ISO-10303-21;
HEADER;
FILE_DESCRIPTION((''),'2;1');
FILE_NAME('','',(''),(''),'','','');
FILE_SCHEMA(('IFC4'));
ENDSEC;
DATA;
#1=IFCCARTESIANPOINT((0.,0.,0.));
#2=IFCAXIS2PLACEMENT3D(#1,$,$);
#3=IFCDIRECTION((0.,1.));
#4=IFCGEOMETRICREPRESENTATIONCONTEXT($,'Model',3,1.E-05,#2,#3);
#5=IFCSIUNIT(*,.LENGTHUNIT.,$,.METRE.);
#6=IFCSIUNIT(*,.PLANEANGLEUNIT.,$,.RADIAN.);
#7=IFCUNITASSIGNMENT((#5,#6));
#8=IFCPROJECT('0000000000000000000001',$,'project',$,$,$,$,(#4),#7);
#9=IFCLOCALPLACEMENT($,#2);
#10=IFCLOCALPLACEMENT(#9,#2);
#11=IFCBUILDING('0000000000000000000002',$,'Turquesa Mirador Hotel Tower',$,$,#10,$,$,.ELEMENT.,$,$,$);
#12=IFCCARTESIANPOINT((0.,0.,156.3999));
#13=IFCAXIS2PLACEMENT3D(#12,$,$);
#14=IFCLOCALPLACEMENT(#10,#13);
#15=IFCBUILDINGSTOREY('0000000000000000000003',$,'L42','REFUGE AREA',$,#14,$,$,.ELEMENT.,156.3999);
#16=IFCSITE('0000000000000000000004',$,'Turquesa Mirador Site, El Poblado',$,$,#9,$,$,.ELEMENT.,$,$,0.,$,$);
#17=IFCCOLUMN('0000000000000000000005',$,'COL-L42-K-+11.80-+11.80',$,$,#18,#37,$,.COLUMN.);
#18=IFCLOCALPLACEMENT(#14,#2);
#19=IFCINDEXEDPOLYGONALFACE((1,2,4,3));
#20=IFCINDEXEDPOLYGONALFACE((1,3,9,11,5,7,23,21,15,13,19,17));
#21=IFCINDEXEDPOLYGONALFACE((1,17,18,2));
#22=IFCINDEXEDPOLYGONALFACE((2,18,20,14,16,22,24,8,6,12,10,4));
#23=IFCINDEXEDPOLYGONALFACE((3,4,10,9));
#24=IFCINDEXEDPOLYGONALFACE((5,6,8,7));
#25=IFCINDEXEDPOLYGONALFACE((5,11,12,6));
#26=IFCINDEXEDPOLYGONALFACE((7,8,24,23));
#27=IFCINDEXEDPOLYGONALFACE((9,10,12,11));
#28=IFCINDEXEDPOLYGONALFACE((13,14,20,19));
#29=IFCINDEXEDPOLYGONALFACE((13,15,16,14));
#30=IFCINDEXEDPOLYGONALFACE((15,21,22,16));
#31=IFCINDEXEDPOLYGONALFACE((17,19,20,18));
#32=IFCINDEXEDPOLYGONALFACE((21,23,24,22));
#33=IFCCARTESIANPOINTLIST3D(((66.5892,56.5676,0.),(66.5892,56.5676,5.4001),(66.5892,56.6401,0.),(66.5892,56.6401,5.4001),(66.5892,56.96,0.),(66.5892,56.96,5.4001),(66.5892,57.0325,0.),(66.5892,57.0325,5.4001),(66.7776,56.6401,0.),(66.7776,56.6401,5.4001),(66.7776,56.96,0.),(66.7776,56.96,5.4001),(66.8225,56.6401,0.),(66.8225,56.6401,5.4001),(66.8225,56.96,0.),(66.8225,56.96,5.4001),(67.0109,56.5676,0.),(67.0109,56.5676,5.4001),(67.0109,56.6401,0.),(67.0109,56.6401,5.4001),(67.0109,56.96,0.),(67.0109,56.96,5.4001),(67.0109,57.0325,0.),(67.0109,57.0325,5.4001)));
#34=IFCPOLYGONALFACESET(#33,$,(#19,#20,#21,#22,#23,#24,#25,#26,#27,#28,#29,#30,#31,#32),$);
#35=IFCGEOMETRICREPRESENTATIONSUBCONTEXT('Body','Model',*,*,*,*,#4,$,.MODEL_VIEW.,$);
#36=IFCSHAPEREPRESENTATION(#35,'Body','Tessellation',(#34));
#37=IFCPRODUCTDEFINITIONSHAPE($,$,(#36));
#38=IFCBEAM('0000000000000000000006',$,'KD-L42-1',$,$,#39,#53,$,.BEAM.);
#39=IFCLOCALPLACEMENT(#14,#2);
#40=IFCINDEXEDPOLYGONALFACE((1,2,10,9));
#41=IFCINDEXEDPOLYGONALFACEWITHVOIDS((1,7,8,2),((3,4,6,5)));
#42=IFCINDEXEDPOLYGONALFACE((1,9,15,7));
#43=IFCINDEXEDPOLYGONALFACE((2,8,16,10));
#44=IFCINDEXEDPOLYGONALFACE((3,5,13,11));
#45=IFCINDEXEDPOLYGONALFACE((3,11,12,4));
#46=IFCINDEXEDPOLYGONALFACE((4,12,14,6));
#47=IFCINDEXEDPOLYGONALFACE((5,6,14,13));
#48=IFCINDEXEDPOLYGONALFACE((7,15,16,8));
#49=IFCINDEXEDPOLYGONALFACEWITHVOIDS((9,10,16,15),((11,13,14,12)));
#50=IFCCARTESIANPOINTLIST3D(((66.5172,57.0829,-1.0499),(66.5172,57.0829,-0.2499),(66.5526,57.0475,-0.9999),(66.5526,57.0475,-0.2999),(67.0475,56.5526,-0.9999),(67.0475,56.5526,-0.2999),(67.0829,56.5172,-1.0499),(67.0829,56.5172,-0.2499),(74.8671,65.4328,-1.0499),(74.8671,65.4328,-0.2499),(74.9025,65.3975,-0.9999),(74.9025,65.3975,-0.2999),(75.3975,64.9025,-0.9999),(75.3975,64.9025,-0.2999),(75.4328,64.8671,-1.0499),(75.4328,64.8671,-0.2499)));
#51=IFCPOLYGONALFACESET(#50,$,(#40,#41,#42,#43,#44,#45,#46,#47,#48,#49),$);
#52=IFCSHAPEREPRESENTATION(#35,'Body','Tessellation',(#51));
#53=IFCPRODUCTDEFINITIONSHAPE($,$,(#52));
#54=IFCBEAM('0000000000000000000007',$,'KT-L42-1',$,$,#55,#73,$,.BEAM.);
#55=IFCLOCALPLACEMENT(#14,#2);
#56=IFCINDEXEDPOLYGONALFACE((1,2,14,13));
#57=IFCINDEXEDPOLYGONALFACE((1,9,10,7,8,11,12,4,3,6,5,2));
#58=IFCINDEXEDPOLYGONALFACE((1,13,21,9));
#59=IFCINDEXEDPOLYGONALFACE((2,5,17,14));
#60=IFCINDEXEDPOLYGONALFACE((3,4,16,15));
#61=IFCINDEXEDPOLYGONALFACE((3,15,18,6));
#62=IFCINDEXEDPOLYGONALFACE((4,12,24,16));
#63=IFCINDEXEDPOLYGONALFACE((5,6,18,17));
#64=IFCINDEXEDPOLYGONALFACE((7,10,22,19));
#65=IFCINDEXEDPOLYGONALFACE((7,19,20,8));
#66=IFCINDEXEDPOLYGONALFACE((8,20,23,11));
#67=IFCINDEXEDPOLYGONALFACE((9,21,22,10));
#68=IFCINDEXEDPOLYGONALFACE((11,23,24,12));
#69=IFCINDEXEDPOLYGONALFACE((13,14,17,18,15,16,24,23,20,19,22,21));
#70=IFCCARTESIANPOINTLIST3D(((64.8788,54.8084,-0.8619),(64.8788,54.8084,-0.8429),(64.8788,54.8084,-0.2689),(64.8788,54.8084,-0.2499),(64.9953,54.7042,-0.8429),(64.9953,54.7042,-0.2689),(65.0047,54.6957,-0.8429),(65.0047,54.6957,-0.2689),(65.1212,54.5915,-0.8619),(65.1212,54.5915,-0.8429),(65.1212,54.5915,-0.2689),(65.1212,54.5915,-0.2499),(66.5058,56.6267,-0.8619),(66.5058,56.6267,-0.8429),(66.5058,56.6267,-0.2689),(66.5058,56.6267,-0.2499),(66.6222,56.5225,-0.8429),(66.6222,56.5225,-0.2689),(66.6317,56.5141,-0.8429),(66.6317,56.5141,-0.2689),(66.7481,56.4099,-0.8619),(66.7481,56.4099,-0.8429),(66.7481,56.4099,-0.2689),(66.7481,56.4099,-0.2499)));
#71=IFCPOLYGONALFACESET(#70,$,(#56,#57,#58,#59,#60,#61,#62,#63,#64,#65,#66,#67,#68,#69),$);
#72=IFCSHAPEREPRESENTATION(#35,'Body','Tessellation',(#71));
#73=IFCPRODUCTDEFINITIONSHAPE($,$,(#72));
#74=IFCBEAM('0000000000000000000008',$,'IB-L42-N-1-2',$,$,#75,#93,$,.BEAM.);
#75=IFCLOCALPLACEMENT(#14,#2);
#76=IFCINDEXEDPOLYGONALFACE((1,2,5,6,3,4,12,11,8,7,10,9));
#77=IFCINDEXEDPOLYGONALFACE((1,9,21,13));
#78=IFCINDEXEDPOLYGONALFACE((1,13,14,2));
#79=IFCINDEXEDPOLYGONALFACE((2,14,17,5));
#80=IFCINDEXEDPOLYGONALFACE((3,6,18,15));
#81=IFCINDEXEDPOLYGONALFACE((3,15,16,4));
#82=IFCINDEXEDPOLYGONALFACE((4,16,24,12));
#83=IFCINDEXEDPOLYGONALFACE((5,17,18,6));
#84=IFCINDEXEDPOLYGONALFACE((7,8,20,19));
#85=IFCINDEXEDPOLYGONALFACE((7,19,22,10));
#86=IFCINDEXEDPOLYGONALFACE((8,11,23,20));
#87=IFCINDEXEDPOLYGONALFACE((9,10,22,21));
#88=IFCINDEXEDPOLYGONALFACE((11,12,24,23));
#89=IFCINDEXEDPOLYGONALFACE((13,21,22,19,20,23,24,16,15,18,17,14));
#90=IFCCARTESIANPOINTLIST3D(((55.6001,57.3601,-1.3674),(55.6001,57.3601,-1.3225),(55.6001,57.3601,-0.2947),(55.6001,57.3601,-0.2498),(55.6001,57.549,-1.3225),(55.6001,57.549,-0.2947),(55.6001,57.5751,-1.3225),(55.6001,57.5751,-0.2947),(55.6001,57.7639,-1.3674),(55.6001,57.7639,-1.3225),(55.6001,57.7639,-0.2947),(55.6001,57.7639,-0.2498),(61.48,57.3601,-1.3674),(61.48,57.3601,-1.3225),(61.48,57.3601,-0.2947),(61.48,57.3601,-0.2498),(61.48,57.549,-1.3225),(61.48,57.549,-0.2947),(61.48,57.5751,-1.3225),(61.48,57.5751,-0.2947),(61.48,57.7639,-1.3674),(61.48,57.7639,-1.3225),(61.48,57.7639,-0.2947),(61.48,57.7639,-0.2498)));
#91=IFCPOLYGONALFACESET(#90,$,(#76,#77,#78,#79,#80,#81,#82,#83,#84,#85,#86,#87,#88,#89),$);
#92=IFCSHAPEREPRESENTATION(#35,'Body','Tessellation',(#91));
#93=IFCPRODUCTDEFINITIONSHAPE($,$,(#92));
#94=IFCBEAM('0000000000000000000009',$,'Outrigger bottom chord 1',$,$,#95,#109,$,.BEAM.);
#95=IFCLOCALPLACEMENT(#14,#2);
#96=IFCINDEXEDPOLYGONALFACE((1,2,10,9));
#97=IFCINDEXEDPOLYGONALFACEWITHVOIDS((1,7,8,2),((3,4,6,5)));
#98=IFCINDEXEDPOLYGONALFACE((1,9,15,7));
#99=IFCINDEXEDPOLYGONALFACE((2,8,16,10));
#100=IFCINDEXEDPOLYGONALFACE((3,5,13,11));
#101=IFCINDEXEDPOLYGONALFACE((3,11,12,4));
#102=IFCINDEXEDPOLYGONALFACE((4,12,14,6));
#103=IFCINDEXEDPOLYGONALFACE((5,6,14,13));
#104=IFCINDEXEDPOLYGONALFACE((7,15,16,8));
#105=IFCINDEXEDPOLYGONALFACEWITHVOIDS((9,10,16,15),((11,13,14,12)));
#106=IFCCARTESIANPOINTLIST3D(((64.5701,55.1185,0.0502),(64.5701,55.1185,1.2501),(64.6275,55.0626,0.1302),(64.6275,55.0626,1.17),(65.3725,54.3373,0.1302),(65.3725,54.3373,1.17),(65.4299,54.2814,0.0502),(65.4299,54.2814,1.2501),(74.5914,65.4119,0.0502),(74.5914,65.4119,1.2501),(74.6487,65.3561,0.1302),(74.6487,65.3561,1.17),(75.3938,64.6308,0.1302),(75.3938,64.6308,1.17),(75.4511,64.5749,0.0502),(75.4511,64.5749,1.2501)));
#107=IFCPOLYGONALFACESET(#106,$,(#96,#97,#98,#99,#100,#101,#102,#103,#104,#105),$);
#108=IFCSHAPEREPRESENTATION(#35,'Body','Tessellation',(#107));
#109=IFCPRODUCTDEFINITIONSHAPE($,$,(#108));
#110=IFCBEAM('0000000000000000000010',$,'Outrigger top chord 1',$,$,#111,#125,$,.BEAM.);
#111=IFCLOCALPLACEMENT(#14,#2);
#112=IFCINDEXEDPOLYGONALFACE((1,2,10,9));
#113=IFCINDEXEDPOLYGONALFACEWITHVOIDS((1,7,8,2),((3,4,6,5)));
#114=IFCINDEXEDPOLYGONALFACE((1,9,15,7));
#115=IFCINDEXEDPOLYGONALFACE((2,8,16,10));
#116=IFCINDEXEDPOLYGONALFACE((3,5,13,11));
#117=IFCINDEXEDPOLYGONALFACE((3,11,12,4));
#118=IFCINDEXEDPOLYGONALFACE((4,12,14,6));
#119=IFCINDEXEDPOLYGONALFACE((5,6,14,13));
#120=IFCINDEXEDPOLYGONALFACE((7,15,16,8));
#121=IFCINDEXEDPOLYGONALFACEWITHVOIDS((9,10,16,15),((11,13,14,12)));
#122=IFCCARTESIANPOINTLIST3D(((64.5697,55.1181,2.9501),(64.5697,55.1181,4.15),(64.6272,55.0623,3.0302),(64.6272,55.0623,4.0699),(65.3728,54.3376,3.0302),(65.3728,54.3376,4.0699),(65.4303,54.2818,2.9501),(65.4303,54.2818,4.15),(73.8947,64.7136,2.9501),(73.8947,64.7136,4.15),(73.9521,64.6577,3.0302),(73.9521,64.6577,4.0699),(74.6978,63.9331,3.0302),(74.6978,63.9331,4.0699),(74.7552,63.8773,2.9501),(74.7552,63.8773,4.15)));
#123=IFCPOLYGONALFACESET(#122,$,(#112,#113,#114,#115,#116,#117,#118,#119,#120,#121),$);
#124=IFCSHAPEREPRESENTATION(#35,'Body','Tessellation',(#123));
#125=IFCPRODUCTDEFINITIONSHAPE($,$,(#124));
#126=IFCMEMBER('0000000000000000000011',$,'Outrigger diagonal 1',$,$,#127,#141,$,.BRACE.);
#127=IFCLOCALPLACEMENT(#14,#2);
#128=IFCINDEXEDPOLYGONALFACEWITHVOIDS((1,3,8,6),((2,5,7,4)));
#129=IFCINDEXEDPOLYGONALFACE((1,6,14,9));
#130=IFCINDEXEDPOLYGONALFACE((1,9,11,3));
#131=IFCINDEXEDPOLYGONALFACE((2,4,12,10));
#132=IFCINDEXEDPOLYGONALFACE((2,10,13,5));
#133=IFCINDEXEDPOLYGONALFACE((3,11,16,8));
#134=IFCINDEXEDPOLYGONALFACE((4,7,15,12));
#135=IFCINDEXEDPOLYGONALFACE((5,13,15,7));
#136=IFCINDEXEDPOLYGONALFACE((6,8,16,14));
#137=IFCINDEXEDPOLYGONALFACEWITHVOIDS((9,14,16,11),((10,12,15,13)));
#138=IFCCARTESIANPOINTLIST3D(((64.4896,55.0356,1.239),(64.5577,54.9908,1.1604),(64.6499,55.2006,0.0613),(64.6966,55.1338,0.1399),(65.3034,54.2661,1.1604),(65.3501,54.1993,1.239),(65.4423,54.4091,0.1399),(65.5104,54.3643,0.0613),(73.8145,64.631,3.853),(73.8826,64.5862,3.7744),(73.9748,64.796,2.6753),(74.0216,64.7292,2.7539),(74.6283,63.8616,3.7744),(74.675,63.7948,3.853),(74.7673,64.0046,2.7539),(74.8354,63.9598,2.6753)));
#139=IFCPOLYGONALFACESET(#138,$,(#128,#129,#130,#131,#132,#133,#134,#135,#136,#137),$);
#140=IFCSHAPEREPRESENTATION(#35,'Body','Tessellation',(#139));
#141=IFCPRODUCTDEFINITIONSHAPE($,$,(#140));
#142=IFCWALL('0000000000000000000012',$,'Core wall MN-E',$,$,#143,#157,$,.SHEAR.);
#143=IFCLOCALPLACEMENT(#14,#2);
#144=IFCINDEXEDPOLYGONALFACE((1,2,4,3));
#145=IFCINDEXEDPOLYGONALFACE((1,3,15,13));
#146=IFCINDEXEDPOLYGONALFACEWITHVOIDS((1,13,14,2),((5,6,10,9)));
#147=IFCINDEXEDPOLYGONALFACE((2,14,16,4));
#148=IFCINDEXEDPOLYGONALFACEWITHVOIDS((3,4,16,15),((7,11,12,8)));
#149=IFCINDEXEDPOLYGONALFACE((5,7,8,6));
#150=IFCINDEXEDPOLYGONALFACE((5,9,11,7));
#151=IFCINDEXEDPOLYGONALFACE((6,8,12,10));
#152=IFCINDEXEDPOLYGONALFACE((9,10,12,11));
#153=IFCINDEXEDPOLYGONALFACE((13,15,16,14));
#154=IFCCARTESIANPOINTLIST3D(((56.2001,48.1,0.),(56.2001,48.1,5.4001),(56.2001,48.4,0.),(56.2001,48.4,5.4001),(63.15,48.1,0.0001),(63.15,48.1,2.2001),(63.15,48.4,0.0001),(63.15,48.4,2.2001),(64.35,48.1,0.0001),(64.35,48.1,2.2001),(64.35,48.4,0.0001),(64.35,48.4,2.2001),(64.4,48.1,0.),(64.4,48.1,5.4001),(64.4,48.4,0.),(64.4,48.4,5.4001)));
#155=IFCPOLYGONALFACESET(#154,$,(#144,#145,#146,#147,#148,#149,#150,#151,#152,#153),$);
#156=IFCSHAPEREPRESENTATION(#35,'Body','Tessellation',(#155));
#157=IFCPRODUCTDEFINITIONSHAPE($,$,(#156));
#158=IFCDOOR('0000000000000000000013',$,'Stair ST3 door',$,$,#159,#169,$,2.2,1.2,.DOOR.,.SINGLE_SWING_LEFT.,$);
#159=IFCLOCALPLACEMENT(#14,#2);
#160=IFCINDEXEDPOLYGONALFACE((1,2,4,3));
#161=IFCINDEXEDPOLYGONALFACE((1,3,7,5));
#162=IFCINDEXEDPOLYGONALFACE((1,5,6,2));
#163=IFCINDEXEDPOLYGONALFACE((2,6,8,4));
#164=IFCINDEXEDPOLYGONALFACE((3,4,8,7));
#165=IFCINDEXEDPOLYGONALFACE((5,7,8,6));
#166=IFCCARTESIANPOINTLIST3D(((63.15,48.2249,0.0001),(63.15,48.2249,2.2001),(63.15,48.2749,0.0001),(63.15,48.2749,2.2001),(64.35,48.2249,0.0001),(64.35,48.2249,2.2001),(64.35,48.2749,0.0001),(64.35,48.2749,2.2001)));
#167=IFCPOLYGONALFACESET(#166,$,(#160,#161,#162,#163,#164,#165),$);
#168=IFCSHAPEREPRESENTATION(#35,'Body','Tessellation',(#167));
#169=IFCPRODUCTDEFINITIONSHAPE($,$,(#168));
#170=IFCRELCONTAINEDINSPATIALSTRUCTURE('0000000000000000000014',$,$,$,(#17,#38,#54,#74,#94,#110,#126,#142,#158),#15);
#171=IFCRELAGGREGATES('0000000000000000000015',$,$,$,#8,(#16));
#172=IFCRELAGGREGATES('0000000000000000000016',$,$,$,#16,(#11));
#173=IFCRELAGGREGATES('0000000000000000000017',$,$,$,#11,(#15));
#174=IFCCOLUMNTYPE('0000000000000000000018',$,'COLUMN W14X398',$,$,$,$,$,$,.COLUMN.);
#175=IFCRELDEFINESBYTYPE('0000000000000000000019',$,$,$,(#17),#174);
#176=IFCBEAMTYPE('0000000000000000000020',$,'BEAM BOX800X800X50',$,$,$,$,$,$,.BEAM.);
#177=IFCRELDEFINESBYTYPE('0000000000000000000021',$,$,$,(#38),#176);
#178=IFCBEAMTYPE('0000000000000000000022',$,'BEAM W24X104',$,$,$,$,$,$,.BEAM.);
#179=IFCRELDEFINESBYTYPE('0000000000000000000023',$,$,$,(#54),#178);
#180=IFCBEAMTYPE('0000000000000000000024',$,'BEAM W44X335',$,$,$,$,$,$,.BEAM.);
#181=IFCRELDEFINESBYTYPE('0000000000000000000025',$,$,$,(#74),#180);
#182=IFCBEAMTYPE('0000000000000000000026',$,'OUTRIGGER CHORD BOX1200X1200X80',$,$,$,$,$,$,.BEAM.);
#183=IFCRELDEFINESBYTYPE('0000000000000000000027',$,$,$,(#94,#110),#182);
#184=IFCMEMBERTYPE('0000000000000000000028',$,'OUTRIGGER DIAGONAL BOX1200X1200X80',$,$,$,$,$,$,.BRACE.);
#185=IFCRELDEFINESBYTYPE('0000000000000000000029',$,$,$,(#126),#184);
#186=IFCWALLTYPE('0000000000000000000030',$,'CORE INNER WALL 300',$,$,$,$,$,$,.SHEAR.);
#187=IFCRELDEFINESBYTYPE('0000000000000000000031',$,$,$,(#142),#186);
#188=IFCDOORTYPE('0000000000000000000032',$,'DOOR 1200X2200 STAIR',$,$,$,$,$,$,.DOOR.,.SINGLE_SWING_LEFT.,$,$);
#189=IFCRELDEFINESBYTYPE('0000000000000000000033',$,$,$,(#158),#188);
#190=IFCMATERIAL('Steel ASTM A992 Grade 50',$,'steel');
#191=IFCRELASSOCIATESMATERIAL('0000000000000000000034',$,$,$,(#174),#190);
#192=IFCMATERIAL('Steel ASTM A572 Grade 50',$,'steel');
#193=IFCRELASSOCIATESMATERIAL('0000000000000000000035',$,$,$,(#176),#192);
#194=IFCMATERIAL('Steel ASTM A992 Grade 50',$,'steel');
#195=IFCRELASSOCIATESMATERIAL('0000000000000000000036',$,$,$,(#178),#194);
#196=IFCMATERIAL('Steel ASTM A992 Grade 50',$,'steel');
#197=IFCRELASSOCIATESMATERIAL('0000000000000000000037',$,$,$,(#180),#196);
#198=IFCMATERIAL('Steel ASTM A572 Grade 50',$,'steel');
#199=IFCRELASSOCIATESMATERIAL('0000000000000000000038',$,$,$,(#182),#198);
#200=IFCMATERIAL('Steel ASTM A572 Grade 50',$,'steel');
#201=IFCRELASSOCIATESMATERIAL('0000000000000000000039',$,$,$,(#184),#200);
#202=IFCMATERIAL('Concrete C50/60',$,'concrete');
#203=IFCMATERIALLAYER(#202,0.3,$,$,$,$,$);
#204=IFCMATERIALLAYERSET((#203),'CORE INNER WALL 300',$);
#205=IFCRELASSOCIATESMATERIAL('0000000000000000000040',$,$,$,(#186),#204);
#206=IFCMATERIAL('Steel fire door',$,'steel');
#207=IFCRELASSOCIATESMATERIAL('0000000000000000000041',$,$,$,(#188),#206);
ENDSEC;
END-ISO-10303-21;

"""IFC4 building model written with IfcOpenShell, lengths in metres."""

from ifc_helpers import new_model, si_unit, direction, frame, frame_2d, origin, origin_2d, place, context, subcontext, project, spatial, rectangle, hollow_rectangle, i_section, extrude, material, layer, layer_set, material_profile, profile_set, type_object, element, fill, save


model = new_model("IFC4")

# Units and contexts
model_context = context("Model", 3, precision=1e-05, world=origin(), true_north=direction((0.0, 1.0)))
body_context = subcontext(model_context, "Body", "Model", "MODEL_VIEW")
ifc_project = project(units=[si_unit("LENGTHUNIT", "METRE"), si_unit("PLANEANGLEUNIT", "RADIAN")], contexts=[model_context])

# Site, building, storey
site_placement = place(None, origin())
site = spatial("IfcSite", under=ifc_project, at=site_placement, Name="Turquesa Mirador Site, El Poblado", CompositionType="ELEMENT", RefElevation=0.0)
building_placement = place(site_placement, origin())
building = spatial("IfcBuilding", under=site, at=building_placement, Name="Turquesa Mirador Hotel Tower", CompositionType="ELEMENT")
storey_placement = place(building_placement, frame((0.0, 0.0, 156.3999)))
storey = spatial("IfcBuildingStorey", under=building, at=storey_placement, Name="L42", Description="REFUGE AREA", CompositionType="ELEMENT", Elevation=156.3999)

# Column
ifc_material_1 = material(Name="Steel ASTM A992 Grade 50", Category="steel")
ifc_material_profile_1 = material_profile(ifc_material_1, i_section(OverallWidth=0.4216, OverallDepth=0.4648, WebThickness=0.0449, FlangeThickness=0.0725, at=origin_2d()), Name="W14X398")
ifc_profile_set_1 = profile_set([ifc_material_profile_1], Name="Steel ASTM A992 Grade 50")
column_type = type_object("IfcColumnType", Name="COLUMN W14X398", PredefinedType="COLUMN", material=ifc_profile_set_1)
column_placement = place(storey_placement, frame((66.8, 56.8, 0.0), z_axis=(0.0, 0.0, 1.0), x_axis=(1.0, 0.0, 0.0)))
element("IfcColumn", 1, at=column_placement, inside=storey, type_object=column_type, Name="COL-L42-K-+11.80-+11.80", PredefinedType="COLUMN", context=body_context, shape_type="SweptSolid", body=[
    extrude(i_section(OverallWidth=0.4216, OverallDepth=0.4648, WebThickness=0.0449, FlangeThickness=0.0725, at=origin_2d()), origin(), (0.0, 0.0, 1.0), 5.4001),
])

# Beams
ifc_material_2 = material(Name="Steel ASTM A572 Grade 50", Category="steel")
ifc_material_profile_2 = material_profile(ifc_material_2, hollow_rectangle(XDim=0.8, YDim=0.8, WallThickness=0.05, at=origin_2d()), Name="BOX800X800X50")
ifc_profile_set_2 = profile_set([ifc_material_profile_2], Name="Steel ASTM A572 Grade 50")
beam_type_1 = type_object("IfcBeamType", Name="BEAM BOX800X800X50", PredefinedType="BEAM", material=ifc_profile_set_2)
beam_1_placement = place(storey_placement, frame((66.8, 56.8, -0.6499), z_axis=(0.707107, 0.707107, 0.0), x_axis=(-0.707107, 0.707107, 0.0)))
element("IfcBeam", 2, at=beam_1_placement, inside=storey, type_object=beam_type_1, Name="KD-L42-1", PredefinedType="BEAM", context=body_context, shape_type="SweptSolid", body=[
    extrude(hollow_rectangle(XDim=0.8, YDim=0.8, WallThickness=0.05, at=origin_2d()), origin(), (0.0, 0.0, 1.0), 11.8086),
])
ifc_material_3 = material(Name="Steel ASTM A992 Grade 50", Category="steel")
ifc_material_profile_3 = material_profile(ifc_material_3, i_section(OverallWidth=0.3252, OverallDepth=0.6121, WebThickness=0.0127, FlangeThickness=0.019, at=origin_2d()), Name="W24X104")
ifc_profile_set_3 = profile_set([ifc_material_profile_3], Name="Steel ASTM A992 Grade 50")
beam_type_2 = type_object("IfcBeamType", Name="BEAM W24X104", PredefinedType="BEAM", material=ifc_profile_set_3)
beam_2_placement = place(storey_placement, frame((66.627, 56.5183, -0.5559), z_axis=(-0.666795, -0.745241, 0.0), x_axis=(0.745241, -0.666795, 0.0)))
element("IfcBeam", 3, at=beam_2_placement, inside=storey, type_object=beam_type_2, Name="KT-L42-1", PredefinedType="BEAM", context=body_context, shape_type="SweptSolid", body=[
    extrude(i_section(OverallWidth=0.3252, OverallDepth=0.6121, WebThickness=0.0127, FlangeThickness=0.019, at=origin_2d()), origin(), (0.0, 0.0, 1.0), 2.4399),
])
ifc_material_4 = material(Name="Steel ASTM A992 Grade 50", Category="steel")
ifc_material_profile_4 = material_profile(ifc_material_4, i_section(OverallWidth=0.4038, OverallDepth=1.1177, WebThickness=0.0261, FlangeThickness=0.0449, at=origin_2d()), Name="W44X335")
ifc_profile_set_4 = profile_set([ifc_material_profile_4], Name="Steel ASTM A992 Grade 50")
beam_type_3 = type_object("IfcBeamType", Name="BEAM W44X335", PredefinedType="BEAM", material=ifc_profile_set_4)
beam_3_placement = place(storey_placement, frame((55.6001, 57.562, -0.8086), z_axis=(1.0, 0.0, 0.0), x_axis=(0.0, 1.0, 0.0)))
element("IfcBeam", 4, at=beam_3_placement, inside=storey, type_object=beam_type_3, Name="IB-L42-N-1-2", PredefinedType="BEAM", context=body_context, shape_type="SweptSolid", body=[
    extrude(i_section(OverallWidth=0.4038, OverallDepth=1.1177, WebThickness=0.0261, FlangeThickness=0.0449, at=origin_2d()), origin(), (0.0, 0.0, 1.0), 5.8799),
])
ifc_material_5 = material(Name="Steel ASTM A572 Grade 50", Category="steel")
ifc_material_profile_5 = material_profile(ifc_material_5, hollow_rectangle(XDim=1.2, YDim=1.2, WallThickness=0.0801, at=origin_2d()), Name="BOX1200X1200X80")
ifc_profile_set_5 = profile_set([ifc_material_profile_5], Name="Steel ASTM A572 Grade 50")
beam_type_4 = type_object("IfcBeamType", Name="OUTRIGGER CHORD BOX1200X1200X80", PredefinedType="BEAM", material=ifc_profile_set_5)
beam_4_placement = place(storey_placement, frame((65.0, 54.7, 0.6501), z_axis=(0.697569, 0.716518, 0.0), x_axis=(-0.716518, 0.697569, 0.0)))
element("IfcBeam", 5, at=beam_4_placement, inside=storey, type_object=beam_type_4, Name="Outrigger bottom chord 1", PredefinedType="BEAM", context=body_context, shape_type="SweptSolid", body=[
    extrude(hollow_rectangle(XDim=1.2, YDim=1.2, WallThickness=0.0801, at=origin_2d()), origin(), (0.0, 0.0, 1.0), 14.366),
])
beam_5_placement = place(storey_placement, frame((65.0, 54.7, 3.55), z_axis=(0.696926, 0.717143, 0.0), x_axis=(-0.717143, 0.696926, 0.0)))
element("IfcBeam", 6, at=beam_5_placement, inside=storey, type_object=beam_type_4, Name="Outrigger top chord 1", PredefinedType="BEAM", context=body_context, shape_type="SweptSolid", body=[
    extrude(hollow_rectangle(XDim=1.2, YDim=1.2, WallThickness=0.0801, at=origin_2d()), origin(), (0.0, 0.0, 1.0), 13.3801),
])

# Member
ifc_material_6 = material(Name="Steel ASTM A572 Grade 50", Category="steel")
ifc_material_profile_6 = material_profile(ifc_material_6, hollow_rectangle(XDim=1.2, YDim=1.2, WallThickness=0.0801, at=origin_2d()), Name="BOX1200X1200X80")
ifc_profile_set_6 = profile_set([ifc_material_profile_6], Name="Steel ASTM A572 Grade 50")
member_type = type_object("IfcMemberType", Name="OUTRIGGER DIAGONAL BOX1200X1200X80", PredefinedType="BRACE", material=ifc_profile_set_6)
member_placement = place(storey_placement, frame((65.0, 54.7, 0.6501), z_axis=(0.683995, 0.703837, 0.191741), x_axis=(-0.717143, 0.696926, 0.0)))
element("IfcMember", 7, at=member_placement, inside=storey, type_object=member_type, Name="Outrigger diagonal 1", PredefinedType="BRACE", context=body_context, shape_type="SweptSolid", body=[
    extrude(hollow_rectangle(XDim=1.2, YDim=1.2, WallThickness=0.0801, at=origin_2d()), origin(), (0.0, 0.0, 1.0), 13.6331),
])

# Wall, opening, door
ifc_material_7 = material(Name="Concrete C50/60", Category="concrete")
ifc_layer_1 = layer(ifc_material_7, 0.3)
ifc_layer_set_1 = layer_set([ifc_layer_1], Name="CORE INNER WALL 300")
wall_type_1 = type_object("IfcWallType", Name="CORE INNER WALL 300", PredefinedType="SHEAR", material=ifc_layer_set_1)
wall_1_placement = place(storey_placement, frame((56.2, 48.25, 0.0), z_axis=(0.0, 0.0, 1.0), x_axis=(1.0, 0.0, 0.0)))
wall_1 = element("IfcWall", 8, at=wall_1_placement, inside=storey, type_object=wall_type_1, Name="Core wall MN-E", PredefinedType="SHEAR", context=body_context, shape_type="SweptSolid", body=[
    extrude(rectangle(XDim=8.2, YDim=0.3, at=frame_2d((4.1001, 0.0))), origin(), (0.0, 0.0, 1.0), 5.4001),
])
opening_placement = place(wall_1_placement, frame((6.95, 0.0, 0.0)))
opening = element("IfcOpeningElement", 9, at=opening_placement, cuts=wall_1, PredefinedType="OPENING", context=body_context, shape_type="SweptSolid", body=[
    extrude(rectangle(XDim=1.2, YDim=2.2, at=frame_2d((0.6001, 1.1001))), frame((0.0, 0.1599, 0.0), z_axis=(0.0, -1.0, 0.0), x_axis=(1.0, 0.0, 0.0)), (0.0, 0.0, 1.0), 0.3201),
])
ifc_material_8 = material(Name="Steel fire door", Category="steel")
door_type = type_object("IfcDoorType", Name="DOOR 1200X2200 STAIR", OperationType="SINGLE_SWING_LEFT", PredefinedType="DOOR", material=ifc_material_8)
door_placement = place(opening_placement, origin())
door = element("IfcDoor", 10, at=door_placement, inside=storey, type_object=door_type, Name="Stair ST3 door", OperationType="SINGLE_SWING_LEFT", OverallHeight=2.2, OverallWidth=1.2, PredefinedType="DOOR", context=body_context, shape_type="SweptSolid", body=[
    extrude(rectangle(XDim=1.2, YDim=2.2, at=frame_2d((0.6001, 1.1001))), frame((0.0, 0.0249, 0.0), z_axis=(0.0, -1.0, 0.0), x_axis=(1.0, 0.0, 0.0)), (0.0, 0.0, 1.0), 0.05),
])
fill(opening, door)

save(model, "model.ifc")
